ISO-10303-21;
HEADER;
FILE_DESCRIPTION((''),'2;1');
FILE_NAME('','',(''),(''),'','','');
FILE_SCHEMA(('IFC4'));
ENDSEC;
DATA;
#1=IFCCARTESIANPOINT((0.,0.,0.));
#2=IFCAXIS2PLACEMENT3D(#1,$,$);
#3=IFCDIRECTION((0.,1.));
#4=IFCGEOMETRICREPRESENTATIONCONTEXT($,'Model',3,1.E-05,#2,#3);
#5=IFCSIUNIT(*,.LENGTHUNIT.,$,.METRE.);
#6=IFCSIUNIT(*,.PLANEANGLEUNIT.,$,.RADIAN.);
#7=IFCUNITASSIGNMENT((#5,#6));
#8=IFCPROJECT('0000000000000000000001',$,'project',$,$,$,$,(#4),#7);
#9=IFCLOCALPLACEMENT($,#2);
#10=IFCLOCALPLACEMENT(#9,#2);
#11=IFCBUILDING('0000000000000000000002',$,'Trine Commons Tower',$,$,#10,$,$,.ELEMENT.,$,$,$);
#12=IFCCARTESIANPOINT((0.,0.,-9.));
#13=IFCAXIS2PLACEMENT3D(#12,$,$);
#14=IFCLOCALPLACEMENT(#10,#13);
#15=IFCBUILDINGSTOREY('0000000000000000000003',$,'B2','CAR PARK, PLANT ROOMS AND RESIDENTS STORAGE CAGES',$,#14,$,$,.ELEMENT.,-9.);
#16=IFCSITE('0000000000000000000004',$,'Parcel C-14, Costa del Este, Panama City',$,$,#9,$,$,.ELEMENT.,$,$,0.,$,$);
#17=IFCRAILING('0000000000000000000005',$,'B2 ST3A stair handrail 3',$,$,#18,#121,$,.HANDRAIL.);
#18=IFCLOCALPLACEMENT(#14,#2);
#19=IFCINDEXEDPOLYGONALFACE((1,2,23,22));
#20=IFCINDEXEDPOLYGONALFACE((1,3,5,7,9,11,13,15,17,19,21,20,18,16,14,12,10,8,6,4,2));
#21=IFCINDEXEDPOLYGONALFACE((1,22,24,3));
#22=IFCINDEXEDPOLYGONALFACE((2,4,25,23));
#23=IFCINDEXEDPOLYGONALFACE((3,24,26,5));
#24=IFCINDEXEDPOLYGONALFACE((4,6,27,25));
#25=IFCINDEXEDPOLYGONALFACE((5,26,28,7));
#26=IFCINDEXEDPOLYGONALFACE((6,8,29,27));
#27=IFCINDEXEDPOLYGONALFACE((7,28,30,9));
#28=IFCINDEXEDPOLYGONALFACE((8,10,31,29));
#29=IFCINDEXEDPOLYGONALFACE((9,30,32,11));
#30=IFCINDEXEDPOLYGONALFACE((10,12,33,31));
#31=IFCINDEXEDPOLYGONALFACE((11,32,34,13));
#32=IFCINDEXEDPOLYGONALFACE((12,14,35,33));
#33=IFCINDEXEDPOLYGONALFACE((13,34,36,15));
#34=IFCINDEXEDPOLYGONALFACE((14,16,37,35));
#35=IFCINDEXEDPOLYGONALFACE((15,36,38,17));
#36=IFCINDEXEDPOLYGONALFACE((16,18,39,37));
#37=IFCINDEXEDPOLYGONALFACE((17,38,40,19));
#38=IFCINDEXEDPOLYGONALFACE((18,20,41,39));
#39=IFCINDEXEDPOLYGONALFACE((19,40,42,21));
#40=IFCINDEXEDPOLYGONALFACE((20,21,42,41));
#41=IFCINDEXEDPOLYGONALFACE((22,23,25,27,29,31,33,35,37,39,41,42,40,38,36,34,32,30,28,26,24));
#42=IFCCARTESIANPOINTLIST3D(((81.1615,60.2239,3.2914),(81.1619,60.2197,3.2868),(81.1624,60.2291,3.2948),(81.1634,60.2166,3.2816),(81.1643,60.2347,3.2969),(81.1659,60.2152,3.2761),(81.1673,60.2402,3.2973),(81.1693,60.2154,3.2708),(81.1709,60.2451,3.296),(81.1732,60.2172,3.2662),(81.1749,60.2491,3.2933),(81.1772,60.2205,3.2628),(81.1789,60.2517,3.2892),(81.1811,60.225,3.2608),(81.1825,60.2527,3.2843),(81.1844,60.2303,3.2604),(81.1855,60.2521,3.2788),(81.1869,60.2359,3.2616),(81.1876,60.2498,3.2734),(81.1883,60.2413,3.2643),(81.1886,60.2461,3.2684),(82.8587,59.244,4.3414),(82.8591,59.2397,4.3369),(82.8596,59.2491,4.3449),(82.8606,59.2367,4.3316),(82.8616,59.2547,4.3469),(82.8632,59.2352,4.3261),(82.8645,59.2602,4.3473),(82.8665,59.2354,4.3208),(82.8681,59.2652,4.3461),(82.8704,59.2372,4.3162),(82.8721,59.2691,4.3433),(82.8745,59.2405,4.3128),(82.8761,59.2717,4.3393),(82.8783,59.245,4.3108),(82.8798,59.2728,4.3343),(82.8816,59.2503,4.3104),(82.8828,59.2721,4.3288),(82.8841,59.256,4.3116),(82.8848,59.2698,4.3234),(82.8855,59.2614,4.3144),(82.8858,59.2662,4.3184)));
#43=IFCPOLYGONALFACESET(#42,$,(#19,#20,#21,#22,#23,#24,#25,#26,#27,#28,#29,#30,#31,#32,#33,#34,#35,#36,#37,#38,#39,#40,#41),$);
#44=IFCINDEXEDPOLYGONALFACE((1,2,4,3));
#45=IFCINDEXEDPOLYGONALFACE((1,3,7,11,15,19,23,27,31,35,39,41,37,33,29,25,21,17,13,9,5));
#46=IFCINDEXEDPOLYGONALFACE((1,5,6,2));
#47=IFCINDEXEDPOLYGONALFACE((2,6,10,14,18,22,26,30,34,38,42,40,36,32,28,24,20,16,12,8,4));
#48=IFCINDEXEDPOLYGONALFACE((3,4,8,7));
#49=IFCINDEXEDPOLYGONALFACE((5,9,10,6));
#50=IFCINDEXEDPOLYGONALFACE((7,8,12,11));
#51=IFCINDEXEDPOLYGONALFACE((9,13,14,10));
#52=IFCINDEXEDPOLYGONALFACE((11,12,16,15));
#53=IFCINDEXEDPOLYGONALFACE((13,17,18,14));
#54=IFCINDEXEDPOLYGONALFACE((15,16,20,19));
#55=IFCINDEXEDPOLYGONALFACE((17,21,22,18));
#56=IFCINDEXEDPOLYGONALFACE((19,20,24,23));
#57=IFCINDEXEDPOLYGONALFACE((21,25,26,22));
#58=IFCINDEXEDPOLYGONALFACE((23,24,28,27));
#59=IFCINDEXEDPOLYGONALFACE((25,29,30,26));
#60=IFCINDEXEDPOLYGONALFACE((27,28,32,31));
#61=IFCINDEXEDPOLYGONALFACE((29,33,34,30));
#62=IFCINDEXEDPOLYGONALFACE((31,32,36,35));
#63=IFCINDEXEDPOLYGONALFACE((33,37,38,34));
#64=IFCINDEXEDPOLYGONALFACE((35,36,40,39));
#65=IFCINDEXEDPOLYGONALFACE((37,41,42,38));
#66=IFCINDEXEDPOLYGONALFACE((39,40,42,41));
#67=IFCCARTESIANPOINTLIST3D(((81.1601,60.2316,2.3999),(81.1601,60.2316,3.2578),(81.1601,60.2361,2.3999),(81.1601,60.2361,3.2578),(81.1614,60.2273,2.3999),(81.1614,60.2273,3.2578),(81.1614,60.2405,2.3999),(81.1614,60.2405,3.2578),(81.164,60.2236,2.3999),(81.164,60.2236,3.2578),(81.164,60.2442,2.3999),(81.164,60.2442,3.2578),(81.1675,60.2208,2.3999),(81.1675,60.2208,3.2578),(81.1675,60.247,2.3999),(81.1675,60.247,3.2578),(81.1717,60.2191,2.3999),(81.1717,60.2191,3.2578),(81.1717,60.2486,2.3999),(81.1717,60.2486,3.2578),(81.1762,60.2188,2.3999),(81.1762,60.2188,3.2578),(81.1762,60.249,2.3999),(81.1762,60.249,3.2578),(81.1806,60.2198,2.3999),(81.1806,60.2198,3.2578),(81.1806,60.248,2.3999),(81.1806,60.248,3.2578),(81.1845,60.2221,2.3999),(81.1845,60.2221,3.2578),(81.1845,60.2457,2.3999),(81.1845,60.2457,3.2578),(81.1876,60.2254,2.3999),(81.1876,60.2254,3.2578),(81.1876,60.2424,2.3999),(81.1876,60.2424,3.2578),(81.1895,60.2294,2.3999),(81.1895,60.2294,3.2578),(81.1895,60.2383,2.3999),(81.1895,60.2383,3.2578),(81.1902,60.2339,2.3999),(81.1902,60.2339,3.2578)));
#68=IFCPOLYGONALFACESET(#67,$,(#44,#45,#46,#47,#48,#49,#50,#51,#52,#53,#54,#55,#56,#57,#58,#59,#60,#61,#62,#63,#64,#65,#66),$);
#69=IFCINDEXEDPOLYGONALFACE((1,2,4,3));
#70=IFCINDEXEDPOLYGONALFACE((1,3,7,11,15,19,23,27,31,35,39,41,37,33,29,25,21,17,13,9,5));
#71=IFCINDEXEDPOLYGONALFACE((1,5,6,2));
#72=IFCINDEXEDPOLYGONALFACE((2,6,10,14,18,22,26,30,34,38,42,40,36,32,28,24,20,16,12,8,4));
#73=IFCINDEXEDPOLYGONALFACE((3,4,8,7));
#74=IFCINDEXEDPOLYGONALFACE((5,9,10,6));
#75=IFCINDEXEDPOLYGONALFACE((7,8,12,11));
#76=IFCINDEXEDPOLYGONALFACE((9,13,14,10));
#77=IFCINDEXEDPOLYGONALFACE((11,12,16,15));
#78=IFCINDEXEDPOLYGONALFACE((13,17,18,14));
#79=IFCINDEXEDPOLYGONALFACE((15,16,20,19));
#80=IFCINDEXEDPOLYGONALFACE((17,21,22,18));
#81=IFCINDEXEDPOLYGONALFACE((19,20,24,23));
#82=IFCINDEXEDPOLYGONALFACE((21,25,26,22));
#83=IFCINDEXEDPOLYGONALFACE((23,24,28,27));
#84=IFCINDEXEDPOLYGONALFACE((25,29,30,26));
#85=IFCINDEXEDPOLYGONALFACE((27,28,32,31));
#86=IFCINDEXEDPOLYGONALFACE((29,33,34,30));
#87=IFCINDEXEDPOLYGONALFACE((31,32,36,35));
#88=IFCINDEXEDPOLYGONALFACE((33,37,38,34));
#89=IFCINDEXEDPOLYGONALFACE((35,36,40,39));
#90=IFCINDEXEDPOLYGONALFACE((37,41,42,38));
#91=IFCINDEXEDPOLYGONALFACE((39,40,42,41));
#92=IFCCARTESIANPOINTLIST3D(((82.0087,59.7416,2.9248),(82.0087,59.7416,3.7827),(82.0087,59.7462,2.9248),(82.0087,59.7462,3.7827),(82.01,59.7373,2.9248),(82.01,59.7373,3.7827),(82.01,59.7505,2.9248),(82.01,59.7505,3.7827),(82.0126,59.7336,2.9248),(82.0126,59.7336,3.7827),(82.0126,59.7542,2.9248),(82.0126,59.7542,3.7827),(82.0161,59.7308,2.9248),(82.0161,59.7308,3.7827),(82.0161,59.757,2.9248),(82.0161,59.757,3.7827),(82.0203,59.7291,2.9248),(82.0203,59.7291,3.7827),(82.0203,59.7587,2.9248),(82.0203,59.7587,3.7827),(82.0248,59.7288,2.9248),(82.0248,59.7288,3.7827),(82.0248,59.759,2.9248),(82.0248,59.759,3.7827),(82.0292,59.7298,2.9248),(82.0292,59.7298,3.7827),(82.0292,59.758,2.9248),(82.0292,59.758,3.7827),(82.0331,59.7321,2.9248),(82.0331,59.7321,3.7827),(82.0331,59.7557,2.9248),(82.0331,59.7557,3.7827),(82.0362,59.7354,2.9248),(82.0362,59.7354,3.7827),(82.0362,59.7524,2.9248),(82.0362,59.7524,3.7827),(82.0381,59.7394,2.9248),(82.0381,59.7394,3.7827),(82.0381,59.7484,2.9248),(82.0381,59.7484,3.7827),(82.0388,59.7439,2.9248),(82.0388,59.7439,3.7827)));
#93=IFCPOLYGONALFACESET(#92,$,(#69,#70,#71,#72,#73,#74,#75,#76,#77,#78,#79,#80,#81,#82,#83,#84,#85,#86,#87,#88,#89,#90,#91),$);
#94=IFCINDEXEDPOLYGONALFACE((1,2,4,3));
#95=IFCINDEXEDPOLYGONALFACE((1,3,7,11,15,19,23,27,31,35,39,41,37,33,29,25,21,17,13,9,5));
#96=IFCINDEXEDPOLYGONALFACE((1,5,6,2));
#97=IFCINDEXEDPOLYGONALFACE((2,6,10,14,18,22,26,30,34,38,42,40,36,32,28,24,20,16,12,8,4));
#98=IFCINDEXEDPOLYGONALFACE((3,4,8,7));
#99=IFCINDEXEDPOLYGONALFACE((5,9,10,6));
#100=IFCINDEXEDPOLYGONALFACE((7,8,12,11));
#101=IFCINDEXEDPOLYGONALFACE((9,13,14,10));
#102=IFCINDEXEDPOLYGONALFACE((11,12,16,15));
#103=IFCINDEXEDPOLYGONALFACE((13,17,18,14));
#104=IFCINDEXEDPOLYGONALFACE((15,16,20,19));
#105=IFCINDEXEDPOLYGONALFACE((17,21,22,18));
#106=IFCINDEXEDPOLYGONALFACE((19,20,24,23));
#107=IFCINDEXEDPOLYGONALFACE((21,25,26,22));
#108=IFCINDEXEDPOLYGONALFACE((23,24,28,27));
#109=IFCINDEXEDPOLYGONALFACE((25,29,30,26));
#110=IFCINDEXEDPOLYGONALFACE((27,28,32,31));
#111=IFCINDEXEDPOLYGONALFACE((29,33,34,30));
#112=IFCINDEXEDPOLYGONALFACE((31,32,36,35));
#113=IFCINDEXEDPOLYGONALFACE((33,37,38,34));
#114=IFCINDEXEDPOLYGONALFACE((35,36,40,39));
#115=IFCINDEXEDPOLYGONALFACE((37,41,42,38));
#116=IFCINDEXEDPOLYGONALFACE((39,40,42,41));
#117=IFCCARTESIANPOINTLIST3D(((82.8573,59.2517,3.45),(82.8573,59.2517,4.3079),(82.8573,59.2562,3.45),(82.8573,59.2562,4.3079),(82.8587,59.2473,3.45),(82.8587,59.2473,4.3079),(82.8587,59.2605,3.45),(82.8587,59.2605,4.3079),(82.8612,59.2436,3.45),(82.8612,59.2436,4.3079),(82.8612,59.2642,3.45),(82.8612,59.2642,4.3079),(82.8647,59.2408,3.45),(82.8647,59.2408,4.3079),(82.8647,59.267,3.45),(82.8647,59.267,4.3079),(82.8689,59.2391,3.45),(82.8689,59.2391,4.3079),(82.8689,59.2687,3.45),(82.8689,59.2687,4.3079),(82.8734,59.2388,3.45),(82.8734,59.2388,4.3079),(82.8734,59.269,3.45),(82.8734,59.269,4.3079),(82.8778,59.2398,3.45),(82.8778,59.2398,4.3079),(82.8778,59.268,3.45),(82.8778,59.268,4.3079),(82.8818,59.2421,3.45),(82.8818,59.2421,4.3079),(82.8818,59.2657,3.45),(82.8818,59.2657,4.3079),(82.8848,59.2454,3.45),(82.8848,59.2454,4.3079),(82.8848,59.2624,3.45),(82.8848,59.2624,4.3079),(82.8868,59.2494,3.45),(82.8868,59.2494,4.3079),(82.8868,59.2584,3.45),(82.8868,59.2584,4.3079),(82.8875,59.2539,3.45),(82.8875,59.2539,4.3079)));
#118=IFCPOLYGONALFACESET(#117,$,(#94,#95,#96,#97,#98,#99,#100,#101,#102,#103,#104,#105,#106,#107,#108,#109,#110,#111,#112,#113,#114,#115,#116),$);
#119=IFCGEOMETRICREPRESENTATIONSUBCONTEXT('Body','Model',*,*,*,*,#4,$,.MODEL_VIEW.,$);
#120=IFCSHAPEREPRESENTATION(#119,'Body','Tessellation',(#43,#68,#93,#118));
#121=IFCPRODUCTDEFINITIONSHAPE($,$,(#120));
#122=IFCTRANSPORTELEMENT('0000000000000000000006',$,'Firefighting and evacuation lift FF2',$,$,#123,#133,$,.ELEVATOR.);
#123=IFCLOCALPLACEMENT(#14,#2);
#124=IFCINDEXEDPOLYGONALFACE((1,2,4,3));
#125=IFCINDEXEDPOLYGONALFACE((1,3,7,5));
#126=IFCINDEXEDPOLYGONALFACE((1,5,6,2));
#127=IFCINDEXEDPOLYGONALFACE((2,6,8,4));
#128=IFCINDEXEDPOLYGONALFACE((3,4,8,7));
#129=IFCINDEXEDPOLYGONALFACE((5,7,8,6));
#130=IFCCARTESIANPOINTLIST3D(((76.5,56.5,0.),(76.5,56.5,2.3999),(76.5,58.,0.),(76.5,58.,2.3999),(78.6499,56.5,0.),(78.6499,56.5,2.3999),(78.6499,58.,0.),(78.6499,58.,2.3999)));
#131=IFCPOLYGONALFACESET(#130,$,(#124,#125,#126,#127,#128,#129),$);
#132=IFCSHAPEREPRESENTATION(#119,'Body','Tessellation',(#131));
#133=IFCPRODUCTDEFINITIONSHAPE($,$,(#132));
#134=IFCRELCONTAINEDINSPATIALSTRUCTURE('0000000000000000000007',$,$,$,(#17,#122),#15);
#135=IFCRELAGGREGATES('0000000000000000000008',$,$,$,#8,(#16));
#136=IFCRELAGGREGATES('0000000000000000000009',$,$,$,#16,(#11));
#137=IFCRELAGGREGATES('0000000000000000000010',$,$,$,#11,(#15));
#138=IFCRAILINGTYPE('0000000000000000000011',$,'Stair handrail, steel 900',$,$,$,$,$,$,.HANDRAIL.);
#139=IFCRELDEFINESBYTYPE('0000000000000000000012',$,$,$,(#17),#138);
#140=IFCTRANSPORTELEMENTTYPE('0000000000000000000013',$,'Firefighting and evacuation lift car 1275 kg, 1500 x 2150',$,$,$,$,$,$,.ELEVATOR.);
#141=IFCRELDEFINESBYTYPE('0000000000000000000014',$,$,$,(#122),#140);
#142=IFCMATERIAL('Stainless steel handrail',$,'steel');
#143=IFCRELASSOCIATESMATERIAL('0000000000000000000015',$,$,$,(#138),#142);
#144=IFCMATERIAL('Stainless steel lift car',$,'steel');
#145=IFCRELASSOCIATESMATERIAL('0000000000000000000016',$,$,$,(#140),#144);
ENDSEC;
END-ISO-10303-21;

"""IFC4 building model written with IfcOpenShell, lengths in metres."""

from ifc_helpers import new_model, si_unit, direction, frame, origin, origin_2d, place, context, subcontext, project, spatial, rectangle, circle, extrude, material, type_object, element, save


model = new_model("IFC4")

# Units and contexts
model_context = context("Model", 3, precision=1e-05, world=origin(), true_north=direction((0.0, 1.0)))
body_context = subcontext(model_context, "Body", "Model", "MODEL_VIEW")
ifc_project = project(units=[si_unit("LENGTHUNIT", "METRE"), si_unit("PLANEANGLEUNIT", "RADIAN")], contexts=[model_context])

# Site, building, storey
site_placement = place(None, origin())
site = spatial("IfcSite", under=ifc_project, at=site_placement, Name="Parcel C-14, Costa del Este, Panama City", CompositionType="ELEMENT", RefElevation=0.0)
building_placement = place(site_placement, origin())
building = spatial("IfcBuilding", under=site, at=building_placement, Name="Trine Commons Tower", CompositionType="ELEMENT")
storey_placement = place(building_placement, frame((0.0, 0.0, -9.0)))
storey = spatial("IfcBuildingStorey", under=building, at=storey_placement, Name="B2", Description="CAR PARK, PLANT ROOMS AND RESIDENTS STORAGE CAGES", CompositionType="ELEMENT", Elevation=-9.0)

# Railing
ifc_material_1 = material(Name="Stainless steel handrail", Category="steel")
railing_type_1 = type_object("IfcRailingType", Name="Stair handrail, steel 900", PredefinedType="HANDRAIL", material=ifc_material_1)
railing_1_placement = place(storey_placement, frame((81.175, 60.2339, 2.3999)))
element("IfcRailing", 1, at=railing_1_placement, inside=storey, type_object=railing_type_1, Name="B2 ST3A stair handrail 3", PredefinedType="HANDRAIL", context=body_context, shape_type="SweptSolid", body=[
    extrude(circle(Radius=0.021, at=origin_2d()), frame((0.0, 0.0, 0.8789), z_axis=(0.763352, -0.44075, 0.472264), x_axis=(0.500024, 0.866011, 0.0)), (0.0, 0.0, 1.0), 2.2234),
    extrude(circle(Radius=0.0151, at=origin_2d()), origin(), (0.0, 0.0, 1.0), 0.8579),
    extrude(circle(Radius=0.0151, at=origin_2d()), frame((0.8486, -0.49, 0.5249)), (0.0, 0.0, 1.0), 0.8579),
    extrude(circle(Radius=0.0151, at=origin_2d()), frame((1.6973, -0.98, 1.05)), (0.0, 0.0, 1.0), 0.8579),
])

# Transport element
ifc_material_2 = material(Name="Stainless steel lift car", Category="steel")
transport_element_type = type_object("IfcTransportElementType", Name="Firefighting and evacuation lift car 1275 kg, 1500 x 2150", PredefinedType="ELEVATOR", material=ifc_material_2)
transport_element_placement = place(storey_placement, frame((77.575, 57.25, 0.0), z_axis=(0.0, 0.0, 1.0), x_axis=(0.0, -1.0, 0.0)))
element("IfcTransportElement", 2, at=transport_element_placement, inside=storey, type_object=transport_element_type, Name="Firefighting and evacuation lift FF2", PredefinedType="ELEVATOR", context=body_context, shape_type="SweptSolid", body=[
    extrude(rectangle(XDim=1.5, YDim=2.1499, at=origin_2d()), origin(), (0.0, 0.0, 1.0), 2.3999),
])

save(model, "model.ifc")
